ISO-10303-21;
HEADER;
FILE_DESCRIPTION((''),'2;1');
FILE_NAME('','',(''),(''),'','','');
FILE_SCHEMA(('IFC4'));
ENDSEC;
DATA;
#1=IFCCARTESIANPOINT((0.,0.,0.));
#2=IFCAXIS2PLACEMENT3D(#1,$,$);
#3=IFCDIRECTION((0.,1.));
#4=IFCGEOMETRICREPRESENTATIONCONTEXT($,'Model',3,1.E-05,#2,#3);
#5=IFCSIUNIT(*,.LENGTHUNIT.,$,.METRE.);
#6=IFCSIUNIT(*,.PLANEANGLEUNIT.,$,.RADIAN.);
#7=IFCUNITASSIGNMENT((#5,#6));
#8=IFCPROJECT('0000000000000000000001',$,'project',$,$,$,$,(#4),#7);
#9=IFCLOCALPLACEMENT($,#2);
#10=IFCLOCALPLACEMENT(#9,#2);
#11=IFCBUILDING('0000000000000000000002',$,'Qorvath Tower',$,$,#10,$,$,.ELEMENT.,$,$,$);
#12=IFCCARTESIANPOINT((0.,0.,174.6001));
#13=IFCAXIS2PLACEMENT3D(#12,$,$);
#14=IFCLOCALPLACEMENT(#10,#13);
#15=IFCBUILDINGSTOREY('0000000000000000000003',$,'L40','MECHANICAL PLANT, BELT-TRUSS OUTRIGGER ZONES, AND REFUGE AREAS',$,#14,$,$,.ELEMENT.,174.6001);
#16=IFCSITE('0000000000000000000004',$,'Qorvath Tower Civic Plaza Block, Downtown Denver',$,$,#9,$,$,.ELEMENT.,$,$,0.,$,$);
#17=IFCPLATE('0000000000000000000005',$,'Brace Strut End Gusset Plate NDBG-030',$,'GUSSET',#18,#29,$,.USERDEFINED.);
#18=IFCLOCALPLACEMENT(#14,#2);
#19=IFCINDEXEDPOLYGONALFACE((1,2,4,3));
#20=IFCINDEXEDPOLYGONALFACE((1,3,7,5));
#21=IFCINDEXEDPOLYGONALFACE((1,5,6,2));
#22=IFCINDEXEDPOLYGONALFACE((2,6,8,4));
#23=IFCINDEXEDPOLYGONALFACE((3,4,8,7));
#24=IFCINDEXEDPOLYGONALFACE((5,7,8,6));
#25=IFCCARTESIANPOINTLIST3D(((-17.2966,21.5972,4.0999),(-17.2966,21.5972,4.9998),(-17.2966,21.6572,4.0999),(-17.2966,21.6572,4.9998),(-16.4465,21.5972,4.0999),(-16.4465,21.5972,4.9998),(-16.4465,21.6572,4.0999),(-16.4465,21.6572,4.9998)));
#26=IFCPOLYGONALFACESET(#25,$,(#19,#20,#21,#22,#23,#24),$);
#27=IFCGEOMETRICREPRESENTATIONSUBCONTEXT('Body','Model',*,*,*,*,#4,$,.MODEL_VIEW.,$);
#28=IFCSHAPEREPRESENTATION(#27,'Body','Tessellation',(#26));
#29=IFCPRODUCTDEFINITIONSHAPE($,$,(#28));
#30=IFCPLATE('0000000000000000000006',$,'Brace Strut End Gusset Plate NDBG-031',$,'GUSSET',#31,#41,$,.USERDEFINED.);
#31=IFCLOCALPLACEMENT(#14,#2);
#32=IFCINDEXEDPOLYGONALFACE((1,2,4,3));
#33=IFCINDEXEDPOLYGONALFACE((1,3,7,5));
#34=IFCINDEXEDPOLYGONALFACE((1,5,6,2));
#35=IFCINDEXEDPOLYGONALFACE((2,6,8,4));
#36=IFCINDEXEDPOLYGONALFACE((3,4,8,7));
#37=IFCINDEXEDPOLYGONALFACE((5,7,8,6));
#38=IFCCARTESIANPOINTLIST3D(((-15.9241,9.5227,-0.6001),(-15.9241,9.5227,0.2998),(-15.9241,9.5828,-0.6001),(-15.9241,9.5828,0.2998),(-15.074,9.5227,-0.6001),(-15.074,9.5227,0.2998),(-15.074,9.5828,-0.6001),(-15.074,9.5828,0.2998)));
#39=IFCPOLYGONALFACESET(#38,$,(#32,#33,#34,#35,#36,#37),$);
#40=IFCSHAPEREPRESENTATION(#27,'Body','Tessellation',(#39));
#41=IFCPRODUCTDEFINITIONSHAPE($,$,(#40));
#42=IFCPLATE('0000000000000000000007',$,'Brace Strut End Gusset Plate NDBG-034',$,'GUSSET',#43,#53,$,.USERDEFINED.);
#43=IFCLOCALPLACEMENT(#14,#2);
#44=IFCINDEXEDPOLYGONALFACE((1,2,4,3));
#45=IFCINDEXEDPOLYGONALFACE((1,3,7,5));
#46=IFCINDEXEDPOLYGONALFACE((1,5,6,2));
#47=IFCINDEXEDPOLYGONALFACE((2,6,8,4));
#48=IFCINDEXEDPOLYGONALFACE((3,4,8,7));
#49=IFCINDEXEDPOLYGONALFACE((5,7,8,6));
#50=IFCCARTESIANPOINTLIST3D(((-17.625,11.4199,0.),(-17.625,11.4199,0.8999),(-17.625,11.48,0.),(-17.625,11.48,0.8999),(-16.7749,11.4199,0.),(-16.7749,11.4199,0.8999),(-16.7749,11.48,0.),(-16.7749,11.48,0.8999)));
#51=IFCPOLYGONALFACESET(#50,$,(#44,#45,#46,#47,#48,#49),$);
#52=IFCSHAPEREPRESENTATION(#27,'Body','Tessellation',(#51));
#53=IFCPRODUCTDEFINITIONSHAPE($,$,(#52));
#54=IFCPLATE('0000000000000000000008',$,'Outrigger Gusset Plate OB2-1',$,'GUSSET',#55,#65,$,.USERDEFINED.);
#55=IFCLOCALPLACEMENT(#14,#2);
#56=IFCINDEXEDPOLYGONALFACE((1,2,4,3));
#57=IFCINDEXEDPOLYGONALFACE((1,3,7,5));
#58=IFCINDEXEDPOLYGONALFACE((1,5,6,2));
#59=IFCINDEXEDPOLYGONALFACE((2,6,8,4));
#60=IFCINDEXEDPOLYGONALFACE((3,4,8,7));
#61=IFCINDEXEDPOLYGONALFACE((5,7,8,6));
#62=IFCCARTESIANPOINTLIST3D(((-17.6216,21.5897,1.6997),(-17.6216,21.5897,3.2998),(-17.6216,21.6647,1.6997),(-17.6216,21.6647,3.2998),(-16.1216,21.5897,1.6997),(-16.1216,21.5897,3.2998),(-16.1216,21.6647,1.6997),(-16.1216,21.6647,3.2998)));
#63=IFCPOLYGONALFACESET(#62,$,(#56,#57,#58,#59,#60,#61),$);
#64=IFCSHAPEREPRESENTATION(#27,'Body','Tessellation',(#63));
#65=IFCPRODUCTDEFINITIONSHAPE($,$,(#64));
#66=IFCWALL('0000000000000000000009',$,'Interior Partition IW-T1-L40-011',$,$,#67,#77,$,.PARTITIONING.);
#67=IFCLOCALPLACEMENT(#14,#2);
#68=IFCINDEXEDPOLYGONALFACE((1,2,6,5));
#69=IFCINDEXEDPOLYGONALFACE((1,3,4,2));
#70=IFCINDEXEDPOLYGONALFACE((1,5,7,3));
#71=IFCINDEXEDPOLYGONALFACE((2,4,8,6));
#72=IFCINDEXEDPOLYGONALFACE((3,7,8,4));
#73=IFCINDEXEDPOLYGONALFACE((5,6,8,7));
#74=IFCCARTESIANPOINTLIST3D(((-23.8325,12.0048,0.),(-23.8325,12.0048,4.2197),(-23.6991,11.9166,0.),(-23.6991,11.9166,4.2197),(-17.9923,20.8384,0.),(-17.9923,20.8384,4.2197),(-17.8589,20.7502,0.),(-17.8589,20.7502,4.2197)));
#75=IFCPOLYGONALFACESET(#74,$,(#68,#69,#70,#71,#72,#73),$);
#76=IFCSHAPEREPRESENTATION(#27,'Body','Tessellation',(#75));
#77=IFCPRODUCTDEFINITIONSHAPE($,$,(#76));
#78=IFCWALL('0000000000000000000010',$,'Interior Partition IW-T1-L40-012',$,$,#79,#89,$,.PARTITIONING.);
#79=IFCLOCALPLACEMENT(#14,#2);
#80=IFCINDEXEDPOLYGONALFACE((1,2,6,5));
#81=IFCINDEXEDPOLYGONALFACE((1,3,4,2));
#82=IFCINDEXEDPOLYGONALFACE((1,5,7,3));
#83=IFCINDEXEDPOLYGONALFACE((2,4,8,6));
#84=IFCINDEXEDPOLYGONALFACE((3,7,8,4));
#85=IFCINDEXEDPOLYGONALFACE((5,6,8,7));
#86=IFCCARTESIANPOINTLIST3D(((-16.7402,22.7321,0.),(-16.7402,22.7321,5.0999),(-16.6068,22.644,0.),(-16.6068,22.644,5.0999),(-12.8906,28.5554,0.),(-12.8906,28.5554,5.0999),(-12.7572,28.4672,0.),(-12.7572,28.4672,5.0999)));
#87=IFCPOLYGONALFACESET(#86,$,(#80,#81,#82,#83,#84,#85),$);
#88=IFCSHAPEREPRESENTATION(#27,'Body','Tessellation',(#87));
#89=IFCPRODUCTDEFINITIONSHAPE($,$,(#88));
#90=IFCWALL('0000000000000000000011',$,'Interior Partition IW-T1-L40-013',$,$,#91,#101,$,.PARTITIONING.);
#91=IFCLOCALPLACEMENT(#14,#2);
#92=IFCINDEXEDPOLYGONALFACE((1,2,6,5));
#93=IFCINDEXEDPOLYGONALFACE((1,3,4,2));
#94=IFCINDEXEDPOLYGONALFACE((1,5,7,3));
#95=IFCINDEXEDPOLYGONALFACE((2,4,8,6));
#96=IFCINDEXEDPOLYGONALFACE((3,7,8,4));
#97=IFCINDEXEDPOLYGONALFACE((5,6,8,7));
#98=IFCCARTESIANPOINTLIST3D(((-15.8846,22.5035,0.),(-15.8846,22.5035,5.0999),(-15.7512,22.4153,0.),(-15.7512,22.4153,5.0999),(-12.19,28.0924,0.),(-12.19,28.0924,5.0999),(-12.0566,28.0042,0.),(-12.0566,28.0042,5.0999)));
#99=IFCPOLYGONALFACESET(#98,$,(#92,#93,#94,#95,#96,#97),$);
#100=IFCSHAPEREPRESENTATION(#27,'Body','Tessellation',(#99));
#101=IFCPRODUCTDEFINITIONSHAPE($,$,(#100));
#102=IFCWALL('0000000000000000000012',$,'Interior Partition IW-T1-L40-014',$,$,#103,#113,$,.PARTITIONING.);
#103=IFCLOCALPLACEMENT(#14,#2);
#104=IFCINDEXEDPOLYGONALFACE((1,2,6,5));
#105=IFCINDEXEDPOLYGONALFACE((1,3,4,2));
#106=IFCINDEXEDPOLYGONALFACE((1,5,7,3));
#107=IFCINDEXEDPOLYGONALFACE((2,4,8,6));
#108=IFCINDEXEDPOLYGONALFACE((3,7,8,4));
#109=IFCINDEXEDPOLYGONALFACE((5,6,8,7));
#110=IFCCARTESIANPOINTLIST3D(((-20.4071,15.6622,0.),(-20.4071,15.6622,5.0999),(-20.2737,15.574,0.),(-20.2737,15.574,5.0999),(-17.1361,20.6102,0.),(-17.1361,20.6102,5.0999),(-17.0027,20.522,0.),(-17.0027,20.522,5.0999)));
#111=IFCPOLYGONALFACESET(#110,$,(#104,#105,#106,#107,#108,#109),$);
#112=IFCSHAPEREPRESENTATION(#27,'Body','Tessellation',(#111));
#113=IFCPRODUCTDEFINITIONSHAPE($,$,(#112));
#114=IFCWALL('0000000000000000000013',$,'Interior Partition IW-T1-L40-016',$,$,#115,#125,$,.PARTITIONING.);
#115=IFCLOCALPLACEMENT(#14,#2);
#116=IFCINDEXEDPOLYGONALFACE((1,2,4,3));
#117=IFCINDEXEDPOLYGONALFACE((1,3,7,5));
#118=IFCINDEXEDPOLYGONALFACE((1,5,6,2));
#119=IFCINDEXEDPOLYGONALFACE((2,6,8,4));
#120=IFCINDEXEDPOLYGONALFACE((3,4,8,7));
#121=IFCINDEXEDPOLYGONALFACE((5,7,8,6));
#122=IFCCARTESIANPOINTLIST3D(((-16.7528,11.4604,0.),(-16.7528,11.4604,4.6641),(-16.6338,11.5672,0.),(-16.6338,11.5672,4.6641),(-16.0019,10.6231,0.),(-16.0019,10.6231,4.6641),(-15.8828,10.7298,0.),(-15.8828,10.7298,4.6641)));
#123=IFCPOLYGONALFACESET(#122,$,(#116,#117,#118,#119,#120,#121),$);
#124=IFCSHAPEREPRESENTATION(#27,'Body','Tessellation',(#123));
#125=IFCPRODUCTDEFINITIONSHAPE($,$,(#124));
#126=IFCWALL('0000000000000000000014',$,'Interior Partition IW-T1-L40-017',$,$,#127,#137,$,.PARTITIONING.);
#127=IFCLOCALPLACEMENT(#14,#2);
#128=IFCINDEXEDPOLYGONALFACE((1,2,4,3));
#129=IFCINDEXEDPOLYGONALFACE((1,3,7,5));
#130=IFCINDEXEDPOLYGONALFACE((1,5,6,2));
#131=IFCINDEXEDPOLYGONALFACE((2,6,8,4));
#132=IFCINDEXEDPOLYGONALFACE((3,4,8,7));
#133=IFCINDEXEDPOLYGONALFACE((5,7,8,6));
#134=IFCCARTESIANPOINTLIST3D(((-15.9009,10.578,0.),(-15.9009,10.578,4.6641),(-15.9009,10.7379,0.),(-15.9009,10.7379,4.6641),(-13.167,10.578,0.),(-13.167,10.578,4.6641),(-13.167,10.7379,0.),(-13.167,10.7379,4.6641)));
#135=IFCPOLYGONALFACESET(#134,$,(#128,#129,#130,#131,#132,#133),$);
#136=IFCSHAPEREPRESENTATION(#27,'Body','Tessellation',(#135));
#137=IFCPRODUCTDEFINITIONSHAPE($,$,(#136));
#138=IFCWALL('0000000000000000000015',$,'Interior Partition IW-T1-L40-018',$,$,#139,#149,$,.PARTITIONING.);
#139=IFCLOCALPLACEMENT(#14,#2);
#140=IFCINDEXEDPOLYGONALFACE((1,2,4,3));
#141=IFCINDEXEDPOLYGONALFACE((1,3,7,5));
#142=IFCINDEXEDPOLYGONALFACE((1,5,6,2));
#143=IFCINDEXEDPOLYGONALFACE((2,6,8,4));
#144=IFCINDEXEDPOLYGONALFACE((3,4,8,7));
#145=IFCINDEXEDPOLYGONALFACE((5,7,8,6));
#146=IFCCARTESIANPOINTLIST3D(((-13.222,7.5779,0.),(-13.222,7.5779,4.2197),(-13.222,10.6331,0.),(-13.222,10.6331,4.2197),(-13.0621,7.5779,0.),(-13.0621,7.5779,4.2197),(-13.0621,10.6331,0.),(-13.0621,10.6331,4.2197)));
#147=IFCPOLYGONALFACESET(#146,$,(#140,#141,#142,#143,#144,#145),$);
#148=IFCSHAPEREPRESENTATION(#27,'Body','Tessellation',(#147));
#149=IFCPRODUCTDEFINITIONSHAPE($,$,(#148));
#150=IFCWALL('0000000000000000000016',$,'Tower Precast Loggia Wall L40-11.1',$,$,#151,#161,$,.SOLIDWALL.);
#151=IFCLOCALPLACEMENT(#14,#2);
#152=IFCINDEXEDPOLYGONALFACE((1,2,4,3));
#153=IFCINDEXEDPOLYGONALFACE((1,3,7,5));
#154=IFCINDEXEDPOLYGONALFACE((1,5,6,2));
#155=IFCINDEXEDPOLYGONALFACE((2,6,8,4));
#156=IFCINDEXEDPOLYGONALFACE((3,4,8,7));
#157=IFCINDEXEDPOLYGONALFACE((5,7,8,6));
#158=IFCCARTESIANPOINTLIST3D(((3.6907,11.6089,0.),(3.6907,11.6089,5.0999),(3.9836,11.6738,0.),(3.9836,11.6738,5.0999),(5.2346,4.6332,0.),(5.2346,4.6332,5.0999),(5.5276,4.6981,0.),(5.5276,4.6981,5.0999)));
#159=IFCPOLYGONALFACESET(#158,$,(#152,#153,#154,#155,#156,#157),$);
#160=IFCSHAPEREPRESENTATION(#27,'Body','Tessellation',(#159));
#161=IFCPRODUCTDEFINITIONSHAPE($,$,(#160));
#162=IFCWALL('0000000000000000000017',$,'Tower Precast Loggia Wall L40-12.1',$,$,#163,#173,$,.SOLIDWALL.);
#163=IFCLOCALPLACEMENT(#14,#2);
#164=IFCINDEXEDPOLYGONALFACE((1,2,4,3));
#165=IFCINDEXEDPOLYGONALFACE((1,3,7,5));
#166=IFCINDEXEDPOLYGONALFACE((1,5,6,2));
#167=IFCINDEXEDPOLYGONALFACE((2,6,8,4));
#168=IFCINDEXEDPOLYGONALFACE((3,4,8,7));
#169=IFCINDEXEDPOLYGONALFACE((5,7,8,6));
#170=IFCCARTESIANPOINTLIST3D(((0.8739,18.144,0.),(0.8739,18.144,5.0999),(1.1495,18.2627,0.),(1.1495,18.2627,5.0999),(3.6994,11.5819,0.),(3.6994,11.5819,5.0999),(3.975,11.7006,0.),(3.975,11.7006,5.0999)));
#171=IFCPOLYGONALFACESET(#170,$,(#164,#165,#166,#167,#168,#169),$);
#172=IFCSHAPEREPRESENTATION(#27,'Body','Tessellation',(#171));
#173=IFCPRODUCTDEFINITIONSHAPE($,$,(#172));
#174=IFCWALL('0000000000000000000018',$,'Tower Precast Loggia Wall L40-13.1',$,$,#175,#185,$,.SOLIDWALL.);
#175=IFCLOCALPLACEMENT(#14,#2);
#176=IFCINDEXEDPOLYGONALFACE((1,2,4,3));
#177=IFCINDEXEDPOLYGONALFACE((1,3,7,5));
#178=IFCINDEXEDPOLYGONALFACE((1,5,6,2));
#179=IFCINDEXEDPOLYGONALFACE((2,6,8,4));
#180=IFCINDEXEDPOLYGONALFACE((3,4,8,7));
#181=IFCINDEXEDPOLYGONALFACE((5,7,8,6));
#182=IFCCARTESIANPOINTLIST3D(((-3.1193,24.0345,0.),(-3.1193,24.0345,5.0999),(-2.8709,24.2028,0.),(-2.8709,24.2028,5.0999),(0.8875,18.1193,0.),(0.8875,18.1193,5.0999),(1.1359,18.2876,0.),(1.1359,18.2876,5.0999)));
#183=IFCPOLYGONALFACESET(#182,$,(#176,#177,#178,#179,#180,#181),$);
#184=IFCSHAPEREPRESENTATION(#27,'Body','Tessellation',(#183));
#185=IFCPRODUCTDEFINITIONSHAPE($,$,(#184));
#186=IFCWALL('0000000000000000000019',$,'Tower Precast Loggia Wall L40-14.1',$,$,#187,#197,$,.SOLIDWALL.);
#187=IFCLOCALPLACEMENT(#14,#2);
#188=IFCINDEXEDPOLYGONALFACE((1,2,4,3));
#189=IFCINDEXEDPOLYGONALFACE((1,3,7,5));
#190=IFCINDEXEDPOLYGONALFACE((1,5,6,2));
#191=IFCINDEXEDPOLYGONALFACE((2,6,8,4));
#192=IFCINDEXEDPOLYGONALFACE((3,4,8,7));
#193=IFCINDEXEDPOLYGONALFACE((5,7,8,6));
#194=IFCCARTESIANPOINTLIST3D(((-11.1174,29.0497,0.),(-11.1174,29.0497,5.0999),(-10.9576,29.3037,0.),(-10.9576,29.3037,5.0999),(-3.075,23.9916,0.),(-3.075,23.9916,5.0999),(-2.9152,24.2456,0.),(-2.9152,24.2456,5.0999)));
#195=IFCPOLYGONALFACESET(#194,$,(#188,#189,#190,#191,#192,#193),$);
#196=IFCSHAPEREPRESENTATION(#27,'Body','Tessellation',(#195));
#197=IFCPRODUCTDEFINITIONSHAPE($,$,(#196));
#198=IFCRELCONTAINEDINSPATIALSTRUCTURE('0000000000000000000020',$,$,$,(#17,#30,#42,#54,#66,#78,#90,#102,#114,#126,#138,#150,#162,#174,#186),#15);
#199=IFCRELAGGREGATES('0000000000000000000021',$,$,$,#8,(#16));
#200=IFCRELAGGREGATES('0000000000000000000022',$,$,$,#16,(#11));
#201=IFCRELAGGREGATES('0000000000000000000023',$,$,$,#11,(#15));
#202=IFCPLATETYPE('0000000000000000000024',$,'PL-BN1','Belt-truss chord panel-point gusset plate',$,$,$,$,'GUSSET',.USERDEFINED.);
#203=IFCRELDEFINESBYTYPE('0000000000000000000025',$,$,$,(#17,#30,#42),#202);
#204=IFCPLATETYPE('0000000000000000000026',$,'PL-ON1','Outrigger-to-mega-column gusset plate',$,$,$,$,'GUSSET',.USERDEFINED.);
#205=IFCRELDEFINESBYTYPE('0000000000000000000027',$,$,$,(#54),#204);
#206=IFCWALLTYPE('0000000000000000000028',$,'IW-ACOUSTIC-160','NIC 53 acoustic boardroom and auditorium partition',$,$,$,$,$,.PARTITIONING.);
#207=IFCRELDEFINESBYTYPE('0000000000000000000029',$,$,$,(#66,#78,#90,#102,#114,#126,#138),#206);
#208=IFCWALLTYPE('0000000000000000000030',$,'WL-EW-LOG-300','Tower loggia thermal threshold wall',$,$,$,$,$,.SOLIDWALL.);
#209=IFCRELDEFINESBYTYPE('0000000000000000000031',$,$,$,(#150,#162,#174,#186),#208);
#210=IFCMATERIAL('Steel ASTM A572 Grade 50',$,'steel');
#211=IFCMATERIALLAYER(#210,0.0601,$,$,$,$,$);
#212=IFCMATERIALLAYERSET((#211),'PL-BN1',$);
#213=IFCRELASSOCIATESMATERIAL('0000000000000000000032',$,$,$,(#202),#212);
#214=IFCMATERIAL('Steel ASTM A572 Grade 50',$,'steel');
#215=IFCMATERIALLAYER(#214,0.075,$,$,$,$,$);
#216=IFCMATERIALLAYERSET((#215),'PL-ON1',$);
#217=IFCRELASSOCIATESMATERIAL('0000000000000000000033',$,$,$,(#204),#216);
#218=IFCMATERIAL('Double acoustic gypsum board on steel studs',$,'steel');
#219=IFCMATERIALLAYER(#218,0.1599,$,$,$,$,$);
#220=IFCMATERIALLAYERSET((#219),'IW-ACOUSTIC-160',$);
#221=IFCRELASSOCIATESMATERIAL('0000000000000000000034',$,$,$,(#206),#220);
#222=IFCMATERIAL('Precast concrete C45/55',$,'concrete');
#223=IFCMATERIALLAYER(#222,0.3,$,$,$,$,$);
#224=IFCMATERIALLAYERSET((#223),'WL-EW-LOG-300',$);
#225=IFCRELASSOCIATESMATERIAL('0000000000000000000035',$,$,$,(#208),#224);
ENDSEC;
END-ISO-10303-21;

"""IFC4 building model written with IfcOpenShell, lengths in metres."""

from ifc_helpers import new_model, si_unit, direction, frame, frame_2d, origin, origin_2d, place, context, subcontext, project, spatial, rectangle, extrude, material, layer, layer_set, type_object, element, save


model = new_model("IFC4")

# Units and contexts
model_context = context("Model", 3, precision=1e-05, world=origin(), true_north=direction((0.0, 1.0)))
body_context = subcontext(model_context, "Body", "Model", "MODEL_VIEW")
ifc_project = project(units=[si_unit("LENGTHUNIT", "METRE"), si_unit("PLANEANGLEUNIT", "RADIAN")], contexts=[model_context])

# Site, building, storey
site_placement = place(None, origin())
site = spatial("IfcSite", under=ifc_project, at=site_placement, Name="Qorvath Tower Civic Plaza Block, Downtown Denver", CompositionType="ELEMENT", RefElevation=0.0)
building_placement = place(site_placement, origin())
building = spatial("IfcBuilding", under=site, at=building_placement, Name="Qorvath Tower", CompositionType="ELEMENT")
storey_placement = place(building_placement, frame((0.0, 0.0, 174.6001)))
storey = spatial("IfcBuildingStorey", under=building, at=storey_placement, Name="L40", Description="MECHANICAL PLANT, BELT-TRUSS OUTRIGGER ZONES, AND REFUGE AREAS", CompositionType="ELEMENT", Elevation=174.6001)

# Plates
ifc_material_1 = material(Name="Steel ASTM A572 Grade 50", Category="steel")
ifc_layer_1 = layer(ifc_material_1, 0.0601)
ifc_layer_set_1 = layer_set([ifc_layer_1], Name="PL-BN1")
plate_type_1 = type_object("IfcPlateType", Name="PL-BN1", Description="Belt-truss chord panel-point gusset plate", ElementType="GUSSET", PredefinedType="USERDEFINED", material=ifc_layer_set_1)
for number, where, z_axis, x_axis, name in (
    (1, (-16.8716, 21.6272, 4.0999), (0.0, 0.0, 1.0), (1.0, 0.0, 0.0), "Brace Strut End Gusset Plate NDBG-030"),
    (2, (-15.499, 9.5527, -0.6001), (0.0, 0.0, 1.0), (1.0, 0.0, 0.0), "Brace Strut End Gusset Plate NDBG-031"),
    (3, (-17.2, 11.45, 0.0), (0.0, 0.0, 1.0), (1.0, 0.0, 0.0), "Brace Strut End Gusset Plate NDBG-034"),
):
    element("IfcPlate", number, at=place(storey_placement, frame(where, z_axis=z_axis, x_axis=x_axis)), inside=storey, type_object=plate_type_1, Name=name, ObjectType="GUSSET", PredefinedType="USERDEFINED", context=body_context, shape_type="SweptSolid", body=[
        extrude(rectangle(XDim=0.8501, YDim=0.0601, at=origin_2d()), origin(), (0.0, 0.0, 1.0), 0.8999),
    ])
ifc_material_2 = material(Name="Steel ASTM A572 Grade 50", Category="steel")
ifc_layer_2 = layer(ifc_material_2, 0.075)
ifc_layer_set_2 = layer_set([ifc_layer_2], Name="PL-ON1")
plate_type_2 = type_object("IfcPlateType", Name="PL-ON1", Description="Outrigger-to-mega-column gusset plate", ElementType="GUSSET", PredefinedType="USERDEFINED", material=ifc_layer_set_2)
plate_1_placement = place(storey_placement, frame((-16.8716, 21.6272, 1.6997), z_axis=(0.0, 0.0, 1.0), x_axis=(1.0, 0.0, 0.0)))
element("IfcPlate", 4, at=plate_1_placement, inside=storey, type_object=plate_type_2, Name="Outrigger Gusset Plate OB2-1", ObjectType="GUSSET", PredefinedType="USERDEFINED", context=body_context, shape_type="SweptSolid", body=[
    extrude(rectangle(XDim=1.5, YDim=0.075, at=origin_2d()), origin(), (0.0, 0.0, 1.0), 1.6001),
])

# Walls
ifc_material_3 = material(Name="Double acoustic gypsum board on steel studs", Category="steel")
ifc_layer_3 = layer(ifc_material_3, 0.1599)
ifc_layer_set_3 = layer_set([ifc_layer_3], Name="IW-ACOUSTIC-160")
wall_type_1 = type_object("IfcWallType", Name="IW-ACOUSTIC-160", Description="NIC 53 acoustic boardroom and auditorium partition", PredefinedType="PARTITIONING", material=ifc_layer_set_3)
wall_1_placement = place(storey_placement, frame((-17.9255, 20.7944, 0.0), z_axis=(0.0, 0.0, 1.0), x_axis=(-0.551499, -0.834176, 0.0)))
element("IfcWall", 5, at=wall_1_placement, inside=storey, type_object=wall_type_1, Name="Interior Partition IW-T1-L40-011", PredefinedType="PARTITIONING", context=body_context, shape_type="SweptSolid", body=[
    extrude(rectangle(XDim=10.5896, YDim=0.1599, at=frame_2d((5.2949, 0.0))), origin(), (0.0, 0.0, 1.0), 4.2197),
])
wall_2_placement = place(storey_placement, frame((-12.824, 28.5112, 0.0), z_axis=(0.0, 0.0, 1.0), x_axis=(-0.551468, -0.834196, 0.0)))
element("IfcWall", 6, at=wall_2_placement, inside=storey, type_object=wall_type_1, Name="Interior Partition IW-T1-L40-012", PredefinedType="PARTITIONING", context=body_context, shape_type="SweptSolid", body=[
    extrude(rectangle(XDim=6.9807, YDim=0.1599, at=frame_2d((3.4902, 0.0))), origin(), (0.0, 0.0, 1.0), 5.0999),
])
wall_3_placement = place(storey_placement, frame((-12.1233, 28.0483, 0.0), z_axis=(0.0, 0.0, 1.0), x_axis=(-0.551458, -0.834202, 0.0)))
element("IfcWall", 7, at=wall_3_placement, inside=storey, type_object=wall_type_1, Name="Interior Partition IW-T1-L40-013", PredefinedType="PARTITIONING", context=body_context, shape_type="SweptSolid", body=[
    extrude(rectangle(XDim=6.6997, YDim=0.1599, at=frame_2d((3.3499, 0.0))), origin(), (0.0, 0.0, 1.0), 5.0999),
])
wall_4_placement = place(storey_placement, frame((-17.0693, 20.5662, 0.0), z_axis=(0.0, 0.0, 1.0), x_axis=(-0.551467, -0.834197, 0.0)))
element("IfcWall", 8, at=wall_4_placement, inside=storey, type_object=wall_type_1, Name="Interior Partition IW-T1-L40-014", PredefinedType="PARTITIONING", context=body_context, shape_type="SweptSolid", body=[
    extrude(rectangle(XDim=5.9314, YDim=0.1599, at=frame_2d((2.9658, 0.0))), origin(), (0.0, 0.0, 1.0), 5.0999),
])
wall_5_placement = place(storey_placement, frame((-16.6934, 11.5139, 0.0), z_axis=(0.0, 0.0, 1.0), x_axis=(0.667645, -0.74448, 0.0)))
element("IfcWall", 9, at=wall_5_placement, inside=storey, type_object=wall_type_1, Name="Interior Partition IW-T1-L40-016", PredefinedType="PARTITIONING", context=body_context, shape_type="SweptSolid", body=[
    extrude(rectangle(XDim=1.1248, YDim=0.1599, at=frame_2d((0.5625, 0.0))), origin(), (0.0, 0.0, 1.0), 4.6641),
])
wall_6_placement = place(storey_placement, frame((-15.9009, 10.658, 0.0), z_axis=(0.0, 0.0, 1.0), x_axis=(1.0, 0.0, 0.0)))
element("IfcWall", 10, at=wall_6_placement, inside=storey, type_object=wall_type_1, Name="Interior Partition IW-T1-L40-017", PredefinedType="PARTITIONING", context=body_context, shape_type="SweptSolid", body=[
    extrude(rectangle(XDim=2.7339, YDim=0.1599, at=frame_2d((1.3669, 0.0))), origin(), (0.0, 0.0, 1.0), 4.6641),
])
wall_7_placement = place(storey_placement, frame((-13.1421, 10.6331, 0.0), z_axis=(0.0, 0.0, 1.0), x_axis=(0.0, -1.0, 0.0)))
element("IfcWall", 11, at=wall_7_placement, inside=storey, type_object=wall_type_1, Name="Interior Partition IW-T1-L40-018", PredefinedType="PARTITIONING", context=body_context, shape_type="SweptSolid", body=[
    extrude(rectangle(XDim=3.0552, YDim=0.1599, at=frame_2d((1.5276, 0.0))), origin(), (0.0, 0.0, 1.0), 4.2197),
])
ifc_material_4 = material(Name="Precast concrete C45/55", Category="concrete")
ifc_layer_4 = layer(ifc_material_4, 0.3)
ifc_layer_set_4 = layer_set([ifc_layer_4], Name="WL-EW-LOG-300")
wall_type_2 = type_object("IfcWallType", Name="WL-EW-LOG-300", Description="Tower loggia thermal threshold wall", PredefinedType="SOLIDWALL", material=ifc_layer_set_4)
for number, where, z_axis, x_axis, name in (
    (12, (3.8372, 11.6414, 0.0), (0.0, 0.0, 1.0), (0.216098, -0.976372, 0.0), "Tower Precast Loggia Wall L40-11.1"),
    (13, (1.0117, 18.2034, 0.0), (0.0, 0.0, 1.0), (0.395474, -0.918477, 0.0), "Tower Precast Loggia Wall L40-12.1"),
    (14, (-2.9951, 24.1187, 0.0), (0.0, 0.0, 1.0), (0.56082, -0.827938, 0.0), "Tower Precast Loggia Wall L40-13.1"),
):
    element("IfcWall", number, at=place(storey_placement, frame(where, z_axis=z_axis, x_axis=x_axis)), inside=storey, type_object=wall_type_2, Name=name, PredefinedType="SOLIDWALL", context=body_context, shape_type="SweptSolid", body=[
        extrude(rectangle(XDim=7.1445, YDim=0.3, at=frame_2d((3.5723, 0.0))), origin(), (0.0, 0.0, 1.0), 5.0999),
    ])
wall_8_placement = place(storey_placement, frame((-11.0376, 29.1768, 0.0), z_axis=(0.0, 0.0, 1.0), x_axis=(0.846502, -0.532385, 0.0)))
element("IfcWall", 15, at=wall_8_placement, inside=storey, type_object=wall_type_2, Name="Tower Precast Loggia Wall L40-14.1", PredefinedType="SOLIDWALL", context=body_context, shape_type="SweptSolid", body=[
    extrude(rectangle(XDim=9.5007, YDim=0.3, at=frame_2d((4.7505, 0.0))), origin(), (0.0, 0.0, 1.0), 5.0999),
])

save(model, "model.ifc")
